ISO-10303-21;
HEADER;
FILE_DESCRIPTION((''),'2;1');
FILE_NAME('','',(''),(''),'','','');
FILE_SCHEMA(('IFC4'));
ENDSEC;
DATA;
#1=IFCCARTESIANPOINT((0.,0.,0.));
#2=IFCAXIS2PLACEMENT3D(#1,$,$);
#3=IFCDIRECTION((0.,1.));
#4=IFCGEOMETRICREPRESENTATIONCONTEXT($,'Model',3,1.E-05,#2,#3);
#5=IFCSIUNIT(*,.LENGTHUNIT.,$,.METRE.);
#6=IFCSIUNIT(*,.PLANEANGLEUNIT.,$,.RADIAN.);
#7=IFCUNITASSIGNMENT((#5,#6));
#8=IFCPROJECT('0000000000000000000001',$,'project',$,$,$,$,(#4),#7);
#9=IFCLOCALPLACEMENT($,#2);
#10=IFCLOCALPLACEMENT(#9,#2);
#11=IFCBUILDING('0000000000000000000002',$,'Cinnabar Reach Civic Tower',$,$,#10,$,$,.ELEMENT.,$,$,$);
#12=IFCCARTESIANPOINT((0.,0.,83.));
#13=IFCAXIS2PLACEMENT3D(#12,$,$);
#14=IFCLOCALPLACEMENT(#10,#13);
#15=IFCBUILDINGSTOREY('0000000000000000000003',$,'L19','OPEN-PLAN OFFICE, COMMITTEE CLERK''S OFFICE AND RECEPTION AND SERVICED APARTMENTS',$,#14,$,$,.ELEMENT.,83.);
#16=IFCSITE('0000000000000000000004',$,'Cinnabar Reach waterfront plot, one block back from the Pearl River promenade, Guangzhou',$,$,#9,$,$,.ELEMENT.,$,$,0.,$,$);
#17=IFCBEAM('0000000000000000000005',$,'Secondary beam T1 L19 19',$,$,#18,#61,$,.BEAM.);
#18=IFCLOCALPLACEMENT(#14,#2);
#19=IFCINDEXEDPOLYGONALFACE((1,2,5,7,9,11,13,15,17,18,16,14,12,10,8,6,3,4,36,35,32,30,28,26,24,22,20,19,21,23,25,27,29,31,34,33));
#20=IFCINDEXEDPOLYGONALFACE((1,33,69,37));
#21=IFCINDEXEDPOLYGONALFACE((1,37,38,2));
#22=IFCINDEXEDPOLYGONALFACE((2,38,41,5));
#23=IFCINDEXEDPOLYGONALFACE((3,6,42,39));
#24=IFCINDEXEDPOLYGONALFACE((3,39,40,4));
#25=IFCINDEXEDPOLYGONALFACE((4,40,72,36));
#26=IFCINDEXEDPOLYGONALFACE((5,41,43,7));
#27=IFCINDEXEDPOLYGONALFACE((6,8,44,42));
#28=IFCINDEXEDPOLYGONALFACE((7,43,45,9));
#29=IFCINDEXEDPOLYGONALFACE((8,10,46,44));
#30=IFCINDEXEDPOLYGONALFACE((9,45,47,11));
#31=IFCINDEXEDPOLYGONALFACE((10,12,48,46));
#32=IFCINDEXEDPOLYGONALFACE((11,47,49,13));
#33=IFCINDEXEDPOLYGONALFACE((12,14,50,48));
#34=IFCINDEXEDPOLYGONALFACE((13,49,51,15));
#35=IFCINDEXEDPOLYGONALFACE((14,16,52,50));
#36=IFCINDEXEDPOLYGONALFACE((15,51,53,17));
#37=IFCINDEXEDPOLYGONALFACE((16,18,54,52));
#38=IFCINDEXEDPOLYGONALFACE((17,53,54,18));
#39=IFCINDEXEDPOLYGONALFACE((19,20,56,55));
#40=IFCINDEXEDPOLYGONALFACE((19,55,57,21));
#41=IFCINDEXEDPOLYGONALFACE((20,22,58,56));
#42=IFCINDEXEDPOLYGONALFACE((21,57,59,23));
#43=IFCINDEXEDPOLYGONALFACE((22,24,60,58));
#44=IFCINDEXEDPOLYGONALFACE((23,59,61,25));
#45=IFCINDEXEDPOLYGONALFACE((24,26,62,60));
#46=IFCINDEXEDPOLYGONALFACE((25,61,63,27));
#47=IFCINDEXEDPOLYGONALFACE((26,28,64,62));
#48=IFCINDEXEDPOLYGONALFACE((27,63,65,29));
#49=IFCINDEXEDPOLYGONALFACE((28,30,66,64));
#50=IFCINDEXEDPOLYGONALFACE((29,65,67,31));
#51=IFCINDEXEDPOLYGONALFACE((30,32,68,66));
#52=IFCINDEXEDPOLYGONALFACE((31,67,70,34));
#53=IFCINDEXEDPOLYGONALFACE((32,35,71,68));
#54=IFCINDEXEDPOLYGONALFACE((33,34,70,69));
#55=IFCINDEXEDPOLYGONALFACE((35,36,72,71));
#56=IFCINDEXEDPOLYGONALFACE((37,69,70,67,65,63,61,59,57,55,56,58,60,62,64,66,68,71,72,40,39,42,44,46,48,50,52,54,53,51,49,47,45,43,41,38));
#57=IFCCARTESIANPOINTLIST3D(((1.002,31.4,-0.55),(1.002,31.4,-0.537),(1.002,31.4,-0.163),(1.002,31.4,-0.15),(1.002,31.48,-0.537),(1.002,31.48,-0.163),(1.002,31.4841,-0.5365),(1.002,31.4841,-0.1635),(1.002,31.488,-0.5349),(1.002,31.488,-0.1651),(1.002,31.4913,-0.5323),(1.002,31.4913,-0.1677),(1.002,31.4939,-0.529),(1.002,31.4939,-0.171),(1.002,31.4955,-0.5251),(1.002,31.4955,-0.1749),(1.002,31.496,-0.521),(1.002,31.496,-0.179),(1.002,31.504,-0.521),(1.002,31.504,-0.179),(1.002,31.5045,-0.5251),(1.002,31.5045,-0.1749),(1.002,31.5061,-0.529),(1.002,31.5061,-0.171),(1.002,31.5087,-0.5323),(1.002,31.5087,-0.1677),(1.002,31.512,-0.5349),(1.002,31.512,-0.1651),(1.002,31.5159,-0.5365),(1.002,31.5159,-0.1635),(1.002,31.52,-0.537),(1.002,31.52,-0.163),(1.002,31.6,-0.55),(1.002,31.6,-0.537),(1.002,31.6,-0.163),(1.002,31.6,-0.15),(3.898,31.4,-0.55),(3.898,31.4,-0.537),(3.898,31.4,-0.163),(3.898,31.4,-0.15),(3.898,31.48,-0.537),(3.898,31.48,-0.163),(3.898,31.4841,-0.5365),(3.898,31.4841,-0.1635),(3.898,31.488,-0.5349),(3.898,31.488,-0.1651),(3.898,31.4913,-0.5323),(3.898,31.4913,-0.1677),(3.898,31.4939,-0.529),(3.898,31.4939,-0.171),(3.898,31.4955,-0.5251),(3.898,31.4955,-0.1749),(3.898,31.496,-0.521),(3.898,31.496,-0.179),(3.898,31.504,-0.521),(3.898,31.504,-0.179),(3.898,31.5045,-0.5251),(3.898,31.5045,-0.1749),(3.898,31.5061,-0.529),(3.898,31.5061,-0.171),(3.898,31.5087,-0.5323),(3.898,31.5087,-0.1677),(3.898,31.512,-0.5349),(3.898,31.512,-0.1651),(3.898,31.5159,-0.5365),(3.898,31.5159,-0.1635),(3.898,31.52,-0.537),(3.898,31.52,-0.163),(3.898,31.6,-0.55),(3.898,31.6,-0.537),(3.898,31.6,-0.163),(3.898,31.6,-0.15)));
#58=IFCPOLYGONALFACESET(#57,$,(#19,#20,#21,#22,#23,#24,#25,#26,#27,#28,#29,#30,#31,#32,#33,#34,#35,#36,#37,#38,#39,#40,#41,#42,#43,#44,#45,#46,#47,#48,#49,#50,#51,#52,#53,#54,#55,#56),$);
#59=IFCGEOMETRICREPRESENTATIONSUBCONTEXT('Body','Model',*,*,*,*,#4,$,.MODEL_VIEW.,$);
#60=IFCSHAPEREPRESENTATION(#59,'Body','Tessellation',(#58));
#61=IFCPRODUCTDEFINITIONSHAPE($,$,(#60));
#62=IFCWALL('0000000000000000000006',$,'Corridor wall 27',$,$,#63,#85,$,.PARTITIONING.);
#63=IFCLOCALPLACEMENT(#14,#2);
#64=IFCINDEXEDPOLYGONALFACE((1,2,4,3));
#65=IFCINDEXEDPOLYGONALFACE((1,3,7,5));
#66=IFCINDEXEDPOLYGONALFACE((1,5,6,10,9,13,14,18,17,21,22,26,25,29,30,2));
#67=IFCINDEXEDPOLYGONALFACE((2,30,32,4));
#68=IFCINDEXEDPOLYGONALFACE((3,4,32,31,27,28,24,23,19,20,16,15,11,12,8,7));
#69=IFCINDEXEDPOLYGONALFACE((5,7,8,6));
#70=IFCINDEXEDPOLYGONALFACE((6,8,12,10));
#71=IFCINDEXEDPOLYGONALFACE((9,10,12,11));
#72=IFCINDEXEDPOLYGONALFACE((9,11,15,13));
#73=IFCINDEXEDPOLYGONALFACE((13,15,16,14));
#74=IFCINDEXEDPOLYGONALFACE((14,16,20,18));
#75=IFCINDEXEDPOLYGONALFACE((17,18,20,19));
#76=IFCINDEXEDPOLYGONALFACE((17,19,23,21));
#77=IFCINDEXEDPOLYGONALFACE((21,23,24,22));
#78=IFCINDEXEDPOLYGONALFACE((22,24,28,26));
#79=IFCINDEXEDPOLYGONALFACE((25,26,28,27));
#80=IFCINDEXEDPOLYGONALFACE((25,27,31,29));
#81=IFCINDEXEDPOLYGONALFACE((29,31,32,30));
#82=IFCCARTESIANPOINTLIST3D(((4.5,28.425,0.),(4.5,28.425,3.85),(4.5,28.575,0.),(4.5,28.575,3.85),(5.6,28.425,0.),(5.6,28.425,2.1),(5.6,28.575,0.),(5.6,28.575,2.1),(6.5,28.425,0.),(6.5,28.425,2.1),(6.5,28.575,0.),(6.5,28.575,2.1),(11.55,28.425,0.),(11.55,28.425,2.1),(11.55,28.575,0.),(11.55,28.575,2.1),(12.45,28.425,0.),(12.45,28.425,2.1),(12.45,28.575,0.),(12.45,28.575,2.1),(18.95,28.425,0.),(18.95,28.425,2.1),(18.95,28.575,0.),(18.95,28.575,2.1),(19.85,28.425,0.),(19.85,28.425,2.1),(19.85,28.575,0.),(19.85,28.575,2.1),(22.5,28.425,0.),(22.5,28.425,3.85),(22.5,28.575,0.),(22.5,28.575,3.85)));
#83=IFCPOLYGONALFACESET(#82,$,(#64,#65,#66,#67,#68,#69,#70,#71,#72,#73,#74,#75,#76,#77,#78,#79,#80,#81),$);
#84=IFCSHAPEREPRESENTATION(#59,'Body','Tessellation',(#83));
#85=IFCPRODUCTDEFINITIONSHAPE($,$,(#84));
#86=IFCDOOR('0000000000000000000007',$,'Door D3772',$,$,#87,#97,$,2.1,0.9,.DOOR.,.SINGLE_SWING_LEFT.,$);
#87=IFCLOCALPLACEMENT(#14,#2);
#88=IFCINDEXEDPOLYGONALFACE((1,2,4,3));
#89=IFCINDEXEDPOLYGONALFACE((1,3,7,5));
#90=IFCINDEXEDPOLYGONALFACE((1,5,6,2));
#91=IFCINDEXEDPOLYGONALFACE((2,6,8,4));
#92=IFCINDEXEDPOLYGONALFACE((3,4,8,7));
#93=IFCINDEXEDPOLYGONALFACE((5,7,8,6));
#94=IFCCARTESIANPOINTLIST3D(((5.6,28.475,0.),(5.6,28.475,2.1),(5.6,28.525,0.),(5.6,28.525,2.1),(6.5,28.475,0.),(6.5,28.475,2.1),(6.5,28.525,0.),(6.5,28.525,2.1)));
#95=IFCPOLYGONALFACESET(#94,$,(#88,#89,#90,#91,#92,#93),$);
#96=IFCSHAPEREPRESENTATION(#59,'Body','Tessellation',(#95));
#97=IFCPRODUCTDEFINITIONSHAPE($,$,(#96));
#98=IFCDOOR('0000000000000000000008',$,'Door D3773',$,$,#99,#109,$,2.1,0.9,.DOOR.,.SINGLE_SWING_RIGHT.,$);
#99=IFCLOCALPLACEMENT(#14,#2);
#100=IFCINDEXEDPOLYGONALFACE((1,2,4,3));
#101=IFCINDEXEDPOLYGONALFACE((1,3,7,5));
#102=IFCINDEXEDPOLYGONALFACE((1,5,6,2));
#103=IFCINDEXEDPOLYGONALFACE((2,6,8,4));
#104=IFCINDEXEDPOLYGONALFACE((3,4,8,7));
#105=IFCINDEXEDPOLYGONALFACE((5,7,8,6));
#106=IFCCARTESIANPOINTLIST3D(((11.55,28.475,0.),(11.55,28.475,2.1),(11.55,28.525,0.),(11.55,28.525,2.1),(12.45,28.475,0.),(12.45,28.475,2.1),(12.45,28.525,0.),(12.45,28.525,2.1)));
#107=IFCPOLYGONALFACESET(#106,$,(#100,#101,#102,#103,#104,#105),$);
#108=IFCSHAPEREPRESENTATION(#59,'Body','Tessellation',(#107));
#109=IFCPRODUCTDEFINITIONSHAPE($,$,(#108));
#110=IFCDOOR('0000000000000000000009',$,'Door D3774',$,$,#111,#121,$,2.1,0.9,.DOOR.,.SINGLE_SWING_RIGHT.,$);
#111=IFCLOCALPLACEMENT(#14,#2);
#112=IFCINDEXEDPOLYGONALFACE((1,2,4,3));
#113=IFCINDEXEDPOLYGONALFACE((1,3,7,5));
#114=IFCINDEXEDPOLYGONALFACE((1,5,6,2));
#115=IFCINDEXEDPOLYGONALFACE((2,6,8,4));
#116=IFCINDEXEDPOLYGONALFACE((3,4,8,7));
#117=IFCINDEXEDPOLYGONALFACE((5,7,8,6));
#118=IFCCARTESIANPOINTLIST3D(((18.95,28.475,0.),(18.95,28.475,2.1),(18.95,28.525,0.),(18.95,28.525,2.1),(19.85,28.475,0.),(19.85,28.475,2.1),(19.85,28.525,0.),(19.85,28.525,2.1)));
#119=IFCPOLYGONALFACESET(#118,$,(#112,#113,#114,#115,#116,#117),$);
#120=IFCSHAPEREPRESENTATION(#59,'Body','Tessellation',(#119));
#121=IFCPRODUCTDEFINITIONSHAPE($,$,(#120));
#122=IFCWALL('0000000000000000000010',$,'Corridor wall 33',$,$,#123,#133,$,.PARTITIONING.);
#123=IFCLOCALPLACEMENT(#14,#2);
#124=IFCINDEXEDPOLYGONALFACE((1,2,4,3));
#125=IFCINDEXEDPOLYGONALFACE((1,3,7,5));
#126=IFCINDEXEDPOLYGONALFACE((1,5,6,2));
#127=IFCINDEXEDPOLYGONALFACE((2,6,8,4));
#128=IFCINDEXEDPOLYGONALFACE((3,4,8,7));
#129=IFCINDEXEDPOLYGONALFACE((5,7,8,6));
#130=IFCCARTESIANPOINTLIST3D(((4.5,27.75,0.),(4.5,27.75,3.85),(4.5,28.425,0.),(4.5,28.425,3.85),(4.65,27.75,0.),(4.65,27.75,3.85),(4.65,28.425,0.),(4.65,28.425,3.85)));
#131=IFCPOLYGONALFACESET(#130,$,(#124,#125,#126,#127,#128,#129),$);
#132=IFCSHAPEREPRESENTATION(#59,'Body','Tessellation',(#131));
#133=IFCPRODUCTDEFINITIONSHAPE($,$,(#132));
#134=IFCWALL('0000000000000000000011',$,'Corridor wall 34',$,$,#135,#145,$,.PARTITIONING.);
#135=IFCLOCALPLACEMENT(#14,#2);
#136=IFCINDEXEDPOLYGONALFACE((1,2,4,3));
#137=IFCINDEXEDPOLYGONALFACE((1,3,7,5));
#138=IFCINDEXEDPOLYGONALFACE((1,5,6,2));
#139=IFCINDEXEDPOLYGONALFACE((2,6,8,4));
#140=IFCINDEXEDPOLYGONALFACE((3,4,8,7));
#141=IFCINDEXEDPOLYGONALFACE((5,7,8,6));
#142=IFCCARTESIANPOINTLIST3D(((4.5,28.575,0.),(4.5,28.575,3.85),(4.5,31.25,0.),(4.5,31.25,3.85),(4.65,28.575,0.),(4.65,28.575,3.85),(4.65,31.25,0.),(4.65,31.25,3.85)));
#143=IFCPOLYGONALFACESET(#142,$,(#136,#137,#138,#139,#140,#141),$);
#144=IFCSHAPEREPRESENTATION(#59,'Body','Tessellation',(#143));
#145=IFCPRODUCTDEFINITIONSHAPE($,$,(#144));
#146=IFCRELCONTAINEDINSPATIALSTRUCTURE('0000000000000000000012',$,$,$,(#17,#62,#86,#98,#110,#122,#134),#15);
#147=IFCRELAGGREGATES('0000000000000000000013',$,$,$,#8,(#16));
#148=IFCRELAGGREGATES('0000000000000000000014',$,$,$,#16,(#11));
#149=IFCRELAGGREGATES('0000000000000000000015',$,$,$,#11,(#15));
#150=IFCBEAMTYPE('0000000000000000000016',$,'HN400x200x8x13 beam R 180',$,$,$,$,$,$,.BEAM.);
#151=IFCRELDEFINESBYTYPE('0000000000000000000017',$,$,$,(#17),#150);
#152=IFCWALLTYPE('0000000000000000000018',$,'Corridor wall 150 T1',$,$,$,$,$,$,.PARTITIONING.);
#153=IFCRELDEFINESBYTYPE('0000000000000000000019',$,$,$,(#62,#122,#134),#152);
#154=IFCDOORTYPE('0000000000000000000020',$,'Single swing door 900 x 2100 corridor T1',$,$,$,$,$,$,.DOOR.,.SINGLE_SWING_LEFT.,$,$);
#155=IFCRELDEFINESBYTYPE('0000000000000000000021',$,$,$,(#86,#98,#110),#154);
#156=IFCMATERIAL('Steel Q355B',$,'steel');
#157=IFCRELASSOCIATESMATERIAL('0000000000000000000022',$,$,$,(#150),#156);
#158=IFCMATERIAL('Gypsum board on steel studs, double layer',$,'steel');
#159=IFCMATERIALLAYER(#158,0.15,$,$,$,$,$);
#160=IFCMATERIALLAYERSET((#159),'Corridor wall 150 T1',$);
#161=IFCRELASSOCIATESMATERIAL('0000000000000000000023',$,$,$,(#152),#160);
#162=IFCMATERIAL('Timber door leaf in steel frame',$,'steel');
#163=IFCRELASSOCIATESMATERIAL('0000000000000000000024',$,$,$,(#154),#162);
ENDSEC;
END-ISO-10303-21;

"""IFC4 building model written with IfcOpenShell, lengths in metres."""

from ifc_helpers import new_model, si_unit, direction, frame, frame_2d, origin, origin_2d, place, context, subcontext, project, spatial, rectangle, i_section, extrude, material, layer, layer_set, material_profile, profile_set, type_object, element, fill, save


model = new_model("IFC4")

# Units and contexts
model_context = context("Model", 3, precision=1e-05, world=origin(), true_north=direction((0.0, 1.0)))
body_context = subcontext(model_context, "Body", "Model", "MODEL_VIEW")
ifc_project = project(units=[si_unit("LENGTHUNIT", "METRE"), si_unit("PLANEANGLEUNIT", "RADIAN")], contexts=[model_context])

# Site, building, storey
site_placement = place(None, origin())
site = spatial("IfcSite", under=ifc_project, at=site_placement, Name="Cinnabar Reach waterfront plot, one block back from the Pearl River promenade, Guangzhou", CompositionType="ELEMENT", RefElevation=0.0)
building_placement = place(site_placement, origin())
building = spatial("IfcBuilding", under=site, at=building_placement, Name="Cinnabar Reach Civic Tower", CompositionType="ELEMENT")
storey_placement = place(building_placement, frame((0.0, 0.0, 83.0)))
storey = spatial("IfcBuildingStorey", under=building, at=storey_placement, Name="L19", Description="OPEN-PLAN OFFICE, COMMITTEE CLERK'S OFFICE AND RECEPTION AND SERVICED APARTMENTS", CompositionType="ELEMENT", Elevation=83.0)

# Beam
ifc_material_1 = material(Name="Steel Q355B", Category="steel")
ifc_material_profile = material_profile(ifc_material_1, i_section(OverallWidth=0.2, OverallDepth=0.4, WebThickness=0.008, FlangeThickness=0.013, FilletRadius=0.016, at=origin_2d()), Name="HN400x200x8x13")
ifc_profile_set = profile_set([ifc_material_profile], Name="Steel Q355B")
beam_type = type_object("IfcBeamType", Name="HN400x200x8x13 beam R 180", PredefinedType="BEAM", material=ifc_profile_set)
beam_placement = place(storey_placement, frame((1.002, 31.5, -0.35), z_axis=(1.0, 0.0, 0.0), x_axis=(0.0, 1.0, 0.0)))
element("IfcBeam", 1, at=beam_placement, inside=storey, type_object=beam_type, Name="Secondary beam T1 L19 19", PredefinedType="BEAM", context=body_context, shape_type="SweptSolid", body=[
    extrude(i_section(OverallWidth=0.2, OverallDepth=0.4, WebThickness=0.008, FlangeThickness=0.013, FilletRadius=0.016, at=origin_2d()), origin(), (0.0, 0.0, 1.0), 2.896),
])

# Wall, openings, doors
ifc_material_2 = material(Name="Gypsum board on steel studs, double layer", Category="steel")
ifc_layer_1 = layer(ifc_material_2, 0.15)
ifc_layer_set_1 = layer_set([ifc_layer_1], Name="Corridor wall 150 T1")
wall_type_1 = type_object("IfcWallType", Name="Corridor wall 150 T1", PredefinedType="PARTITIONING", material=ifc_layer_set_1)
wall_1_placement = place(storey_placement, frame((4.5, 28.5, 0.0), z_axis=(0.0, 0.0, 1.0), x_axis=(1.0, 0.0, 0.0)))
wall_1 = element("IfcWall", 2, at=wall_1_placement, inside=storey, type_object=wall_type_1, Name="Corridor wall 27", PredefinedType="PARTITIONING", context=body_context, shape_type="SweptSolid", body=[
    extrude(rectangle(XDim=18.0, YDim=0.15, at=frame_2d((9.0, 0.0))), origin(), (0.0, 0.0, 1.0), 3.85),
])
opening_1_placement = place(wall_1_placement, frame((1.1, 0.0, 0.0)))
opening_1 = element("IfcOpeningElement", 3, at=opening_1_placement, cuts=wall_1, PredefinedType="OPENING", context=body_context, shape_type="SweptSolid", body=[
    extrude(rectangle(XDim=0.9, YDim=2.1, at=frame_2d((0.45, 1.05))), frame((0.0, 0.085, 0.0), z_axis=(0.0, -1.0, 0.0), x_axis=(1.0, 0.0, 0.0)), (0.0, 0.0, 1.0), 0.17),
])
opening_2_placement = place(wall_1_placement, frame((7.05, 0.0, 0.0)))
opening_2 = element("IfcOpeningElement", 4, at=opening_2_placement, cuts=wall_1, PredefinedType="OPENING", context=body_context, shape_type="SweptSolid", body=[
    extrude(rectangle(XDim=0.9, YDim=2.1, at=frame_2d((0.45, 1.05))), frame((0.0, 0.085, 0.0), z_axis=(0.0, -1.0, 0.0), x_axis=(1.0, 0.0, 0.0)), (0.0, 0.0, 1.0), 0.17),
])
opening_3_placement = place(wall_1_placement, frame((14.45, 0.0, 0.0)))
opening_3 = element("IfcOpeningElement", 5, at=opening_3_placement, cuts=wall_1, PredefinedType="OPENING", context=body_context, shape_type="SweptSolid", body=[
    extrude(rectangle(XDim=0.9, YDim=2.1, at=frame_2d((0.45, 1.05))), frame((0.0, 0.085, 0.0), z_axis=(0.0, -1.0, 0.0), x_axis=(1.0, 0.0, 0.0)), (0.0, 0.0, 1.0), 0.17),
])
ifc_material_3 = material(Name="Timber door leaf in steel frame", Category="steel")
door_type_1 = type_object("IfcDoorType", Name="Single swing door 900 x 2100 corridor T1", OperationType="SINGLE_SWING_LEFT", PredefinedType="DOOR", material=ifc_material_3)
door_1_placement = place(opening_1_placement, origin())
door_1 = element("IfcDoor", 6, at=door_1_placement, inside=storey, type_object=door_type_1, Name="Door D3772", OperationType="SINGLE_SWING_LEFT", OverallHeight=2.1, OverallWidth=0.9, PredefinedType="DOOR", context=body_context, shape_type="SweptSolid", body=[
    extrude(rectangle(XDim=0.9, YDim=2.1, at=frame_2d((0.45, 1.05))), frame((0.0, 0.025, 0.0), z_axis=(0.0, -1.0, 0.0), x_axis=(1.0, 0.0, 0.0)), (0.0, 0.0, 1.0), 0.05),
])
fill(opening_1, door_1)
door_2_placement = place(opening_2_placement, origin())
door_2 = element("IfcDoor", 7, at=door_2_placement, inside=storey, type_object=door_type_1, Name="Door D3773", OperationType="SINGLE_SWING_RIGHT", OverallHeight=2.1, OverallWidth=0.9, PredefinedType="DOOR", context=body_context, shape_type="SweptSolid", body=[
    extrude(rectangle(XDim=0.9, YDim=2.1, at=frame_2d((0.45, 1.05))), frame((0.0, 0.025, 0.0), z_axis=(0.0, -1.0, 0.0), x_axis=(1.0, 0.0, 0.0)), (0.0, 0.0, 1.0), 0.05),
])
fill(opening_2, door_2)
door_3_placement = place(opening_3_placement, origin())
door_3 = element("IfcDoor", 8, at=door_3_placement, inside=storey, type_object=door_type_1, Name="Door D3774", OperationType="SINGLE_SWING_RIGHT", OverallHeight=2.1, OverallWidth=0.9, PredefinedType="DOOR", context=body_context, shape_type="SweptSolid", body=[
    extrude(rectangle(XDim=0.9, YDim=2.1, at=frame_2d((0.45, 1.05))), frame((0.0, 0.025, 0.0), z_axis=(0.0, -1.0, 0.0), x_axis=(1.0, 0.0, 0.0)), (0.0, 0.0, 1.0), 0.05),
])
fill(opening_3, door_3)

# Walls
wall_2_placement = place(storey_placement, frame((4.575, 27.75, 0.0), z_axis=(0.0, 0.0, 1.0), x_axis=(0.0, 1.0, 0.0)))
element("IfcWall", 9, at=wall_2_placement, inside=storey, type_object=wall_type_1, Name="Corridor wall 33", PredefinedType="PARTITIONING", context=body_context, shape_type="SweptSolid", body=[
    extrude(rectangle(XDim=0.675, YDim=0.15, at=frame_2d((0.3375, 0.0))), origin(), (0.0, 0.0, 1.0), 3.85),
])
wall_3_placement = place(storey_placement, frame((4.575, 28.575, 0.0), z_axis=(0.0, 0.0, 1.0), x_axis=(0.0, 1.0, 0.0)))
element("IfcWall", 10, at=wall_3_placement, inside=storey, type_object=wall_type_1, Name="Corridor wall 34", PredefinedType="PARTITIONING", context=body_context, shape_type="SweptSolid", body=[
    extrude(rectangle(XDim=2.675, YDim=0.15, at=frame_2d((1.3375, 0.0))), origin(), (0.0, 0.0, 1.0), 3.85),
])

save(model, "model.ifc")
